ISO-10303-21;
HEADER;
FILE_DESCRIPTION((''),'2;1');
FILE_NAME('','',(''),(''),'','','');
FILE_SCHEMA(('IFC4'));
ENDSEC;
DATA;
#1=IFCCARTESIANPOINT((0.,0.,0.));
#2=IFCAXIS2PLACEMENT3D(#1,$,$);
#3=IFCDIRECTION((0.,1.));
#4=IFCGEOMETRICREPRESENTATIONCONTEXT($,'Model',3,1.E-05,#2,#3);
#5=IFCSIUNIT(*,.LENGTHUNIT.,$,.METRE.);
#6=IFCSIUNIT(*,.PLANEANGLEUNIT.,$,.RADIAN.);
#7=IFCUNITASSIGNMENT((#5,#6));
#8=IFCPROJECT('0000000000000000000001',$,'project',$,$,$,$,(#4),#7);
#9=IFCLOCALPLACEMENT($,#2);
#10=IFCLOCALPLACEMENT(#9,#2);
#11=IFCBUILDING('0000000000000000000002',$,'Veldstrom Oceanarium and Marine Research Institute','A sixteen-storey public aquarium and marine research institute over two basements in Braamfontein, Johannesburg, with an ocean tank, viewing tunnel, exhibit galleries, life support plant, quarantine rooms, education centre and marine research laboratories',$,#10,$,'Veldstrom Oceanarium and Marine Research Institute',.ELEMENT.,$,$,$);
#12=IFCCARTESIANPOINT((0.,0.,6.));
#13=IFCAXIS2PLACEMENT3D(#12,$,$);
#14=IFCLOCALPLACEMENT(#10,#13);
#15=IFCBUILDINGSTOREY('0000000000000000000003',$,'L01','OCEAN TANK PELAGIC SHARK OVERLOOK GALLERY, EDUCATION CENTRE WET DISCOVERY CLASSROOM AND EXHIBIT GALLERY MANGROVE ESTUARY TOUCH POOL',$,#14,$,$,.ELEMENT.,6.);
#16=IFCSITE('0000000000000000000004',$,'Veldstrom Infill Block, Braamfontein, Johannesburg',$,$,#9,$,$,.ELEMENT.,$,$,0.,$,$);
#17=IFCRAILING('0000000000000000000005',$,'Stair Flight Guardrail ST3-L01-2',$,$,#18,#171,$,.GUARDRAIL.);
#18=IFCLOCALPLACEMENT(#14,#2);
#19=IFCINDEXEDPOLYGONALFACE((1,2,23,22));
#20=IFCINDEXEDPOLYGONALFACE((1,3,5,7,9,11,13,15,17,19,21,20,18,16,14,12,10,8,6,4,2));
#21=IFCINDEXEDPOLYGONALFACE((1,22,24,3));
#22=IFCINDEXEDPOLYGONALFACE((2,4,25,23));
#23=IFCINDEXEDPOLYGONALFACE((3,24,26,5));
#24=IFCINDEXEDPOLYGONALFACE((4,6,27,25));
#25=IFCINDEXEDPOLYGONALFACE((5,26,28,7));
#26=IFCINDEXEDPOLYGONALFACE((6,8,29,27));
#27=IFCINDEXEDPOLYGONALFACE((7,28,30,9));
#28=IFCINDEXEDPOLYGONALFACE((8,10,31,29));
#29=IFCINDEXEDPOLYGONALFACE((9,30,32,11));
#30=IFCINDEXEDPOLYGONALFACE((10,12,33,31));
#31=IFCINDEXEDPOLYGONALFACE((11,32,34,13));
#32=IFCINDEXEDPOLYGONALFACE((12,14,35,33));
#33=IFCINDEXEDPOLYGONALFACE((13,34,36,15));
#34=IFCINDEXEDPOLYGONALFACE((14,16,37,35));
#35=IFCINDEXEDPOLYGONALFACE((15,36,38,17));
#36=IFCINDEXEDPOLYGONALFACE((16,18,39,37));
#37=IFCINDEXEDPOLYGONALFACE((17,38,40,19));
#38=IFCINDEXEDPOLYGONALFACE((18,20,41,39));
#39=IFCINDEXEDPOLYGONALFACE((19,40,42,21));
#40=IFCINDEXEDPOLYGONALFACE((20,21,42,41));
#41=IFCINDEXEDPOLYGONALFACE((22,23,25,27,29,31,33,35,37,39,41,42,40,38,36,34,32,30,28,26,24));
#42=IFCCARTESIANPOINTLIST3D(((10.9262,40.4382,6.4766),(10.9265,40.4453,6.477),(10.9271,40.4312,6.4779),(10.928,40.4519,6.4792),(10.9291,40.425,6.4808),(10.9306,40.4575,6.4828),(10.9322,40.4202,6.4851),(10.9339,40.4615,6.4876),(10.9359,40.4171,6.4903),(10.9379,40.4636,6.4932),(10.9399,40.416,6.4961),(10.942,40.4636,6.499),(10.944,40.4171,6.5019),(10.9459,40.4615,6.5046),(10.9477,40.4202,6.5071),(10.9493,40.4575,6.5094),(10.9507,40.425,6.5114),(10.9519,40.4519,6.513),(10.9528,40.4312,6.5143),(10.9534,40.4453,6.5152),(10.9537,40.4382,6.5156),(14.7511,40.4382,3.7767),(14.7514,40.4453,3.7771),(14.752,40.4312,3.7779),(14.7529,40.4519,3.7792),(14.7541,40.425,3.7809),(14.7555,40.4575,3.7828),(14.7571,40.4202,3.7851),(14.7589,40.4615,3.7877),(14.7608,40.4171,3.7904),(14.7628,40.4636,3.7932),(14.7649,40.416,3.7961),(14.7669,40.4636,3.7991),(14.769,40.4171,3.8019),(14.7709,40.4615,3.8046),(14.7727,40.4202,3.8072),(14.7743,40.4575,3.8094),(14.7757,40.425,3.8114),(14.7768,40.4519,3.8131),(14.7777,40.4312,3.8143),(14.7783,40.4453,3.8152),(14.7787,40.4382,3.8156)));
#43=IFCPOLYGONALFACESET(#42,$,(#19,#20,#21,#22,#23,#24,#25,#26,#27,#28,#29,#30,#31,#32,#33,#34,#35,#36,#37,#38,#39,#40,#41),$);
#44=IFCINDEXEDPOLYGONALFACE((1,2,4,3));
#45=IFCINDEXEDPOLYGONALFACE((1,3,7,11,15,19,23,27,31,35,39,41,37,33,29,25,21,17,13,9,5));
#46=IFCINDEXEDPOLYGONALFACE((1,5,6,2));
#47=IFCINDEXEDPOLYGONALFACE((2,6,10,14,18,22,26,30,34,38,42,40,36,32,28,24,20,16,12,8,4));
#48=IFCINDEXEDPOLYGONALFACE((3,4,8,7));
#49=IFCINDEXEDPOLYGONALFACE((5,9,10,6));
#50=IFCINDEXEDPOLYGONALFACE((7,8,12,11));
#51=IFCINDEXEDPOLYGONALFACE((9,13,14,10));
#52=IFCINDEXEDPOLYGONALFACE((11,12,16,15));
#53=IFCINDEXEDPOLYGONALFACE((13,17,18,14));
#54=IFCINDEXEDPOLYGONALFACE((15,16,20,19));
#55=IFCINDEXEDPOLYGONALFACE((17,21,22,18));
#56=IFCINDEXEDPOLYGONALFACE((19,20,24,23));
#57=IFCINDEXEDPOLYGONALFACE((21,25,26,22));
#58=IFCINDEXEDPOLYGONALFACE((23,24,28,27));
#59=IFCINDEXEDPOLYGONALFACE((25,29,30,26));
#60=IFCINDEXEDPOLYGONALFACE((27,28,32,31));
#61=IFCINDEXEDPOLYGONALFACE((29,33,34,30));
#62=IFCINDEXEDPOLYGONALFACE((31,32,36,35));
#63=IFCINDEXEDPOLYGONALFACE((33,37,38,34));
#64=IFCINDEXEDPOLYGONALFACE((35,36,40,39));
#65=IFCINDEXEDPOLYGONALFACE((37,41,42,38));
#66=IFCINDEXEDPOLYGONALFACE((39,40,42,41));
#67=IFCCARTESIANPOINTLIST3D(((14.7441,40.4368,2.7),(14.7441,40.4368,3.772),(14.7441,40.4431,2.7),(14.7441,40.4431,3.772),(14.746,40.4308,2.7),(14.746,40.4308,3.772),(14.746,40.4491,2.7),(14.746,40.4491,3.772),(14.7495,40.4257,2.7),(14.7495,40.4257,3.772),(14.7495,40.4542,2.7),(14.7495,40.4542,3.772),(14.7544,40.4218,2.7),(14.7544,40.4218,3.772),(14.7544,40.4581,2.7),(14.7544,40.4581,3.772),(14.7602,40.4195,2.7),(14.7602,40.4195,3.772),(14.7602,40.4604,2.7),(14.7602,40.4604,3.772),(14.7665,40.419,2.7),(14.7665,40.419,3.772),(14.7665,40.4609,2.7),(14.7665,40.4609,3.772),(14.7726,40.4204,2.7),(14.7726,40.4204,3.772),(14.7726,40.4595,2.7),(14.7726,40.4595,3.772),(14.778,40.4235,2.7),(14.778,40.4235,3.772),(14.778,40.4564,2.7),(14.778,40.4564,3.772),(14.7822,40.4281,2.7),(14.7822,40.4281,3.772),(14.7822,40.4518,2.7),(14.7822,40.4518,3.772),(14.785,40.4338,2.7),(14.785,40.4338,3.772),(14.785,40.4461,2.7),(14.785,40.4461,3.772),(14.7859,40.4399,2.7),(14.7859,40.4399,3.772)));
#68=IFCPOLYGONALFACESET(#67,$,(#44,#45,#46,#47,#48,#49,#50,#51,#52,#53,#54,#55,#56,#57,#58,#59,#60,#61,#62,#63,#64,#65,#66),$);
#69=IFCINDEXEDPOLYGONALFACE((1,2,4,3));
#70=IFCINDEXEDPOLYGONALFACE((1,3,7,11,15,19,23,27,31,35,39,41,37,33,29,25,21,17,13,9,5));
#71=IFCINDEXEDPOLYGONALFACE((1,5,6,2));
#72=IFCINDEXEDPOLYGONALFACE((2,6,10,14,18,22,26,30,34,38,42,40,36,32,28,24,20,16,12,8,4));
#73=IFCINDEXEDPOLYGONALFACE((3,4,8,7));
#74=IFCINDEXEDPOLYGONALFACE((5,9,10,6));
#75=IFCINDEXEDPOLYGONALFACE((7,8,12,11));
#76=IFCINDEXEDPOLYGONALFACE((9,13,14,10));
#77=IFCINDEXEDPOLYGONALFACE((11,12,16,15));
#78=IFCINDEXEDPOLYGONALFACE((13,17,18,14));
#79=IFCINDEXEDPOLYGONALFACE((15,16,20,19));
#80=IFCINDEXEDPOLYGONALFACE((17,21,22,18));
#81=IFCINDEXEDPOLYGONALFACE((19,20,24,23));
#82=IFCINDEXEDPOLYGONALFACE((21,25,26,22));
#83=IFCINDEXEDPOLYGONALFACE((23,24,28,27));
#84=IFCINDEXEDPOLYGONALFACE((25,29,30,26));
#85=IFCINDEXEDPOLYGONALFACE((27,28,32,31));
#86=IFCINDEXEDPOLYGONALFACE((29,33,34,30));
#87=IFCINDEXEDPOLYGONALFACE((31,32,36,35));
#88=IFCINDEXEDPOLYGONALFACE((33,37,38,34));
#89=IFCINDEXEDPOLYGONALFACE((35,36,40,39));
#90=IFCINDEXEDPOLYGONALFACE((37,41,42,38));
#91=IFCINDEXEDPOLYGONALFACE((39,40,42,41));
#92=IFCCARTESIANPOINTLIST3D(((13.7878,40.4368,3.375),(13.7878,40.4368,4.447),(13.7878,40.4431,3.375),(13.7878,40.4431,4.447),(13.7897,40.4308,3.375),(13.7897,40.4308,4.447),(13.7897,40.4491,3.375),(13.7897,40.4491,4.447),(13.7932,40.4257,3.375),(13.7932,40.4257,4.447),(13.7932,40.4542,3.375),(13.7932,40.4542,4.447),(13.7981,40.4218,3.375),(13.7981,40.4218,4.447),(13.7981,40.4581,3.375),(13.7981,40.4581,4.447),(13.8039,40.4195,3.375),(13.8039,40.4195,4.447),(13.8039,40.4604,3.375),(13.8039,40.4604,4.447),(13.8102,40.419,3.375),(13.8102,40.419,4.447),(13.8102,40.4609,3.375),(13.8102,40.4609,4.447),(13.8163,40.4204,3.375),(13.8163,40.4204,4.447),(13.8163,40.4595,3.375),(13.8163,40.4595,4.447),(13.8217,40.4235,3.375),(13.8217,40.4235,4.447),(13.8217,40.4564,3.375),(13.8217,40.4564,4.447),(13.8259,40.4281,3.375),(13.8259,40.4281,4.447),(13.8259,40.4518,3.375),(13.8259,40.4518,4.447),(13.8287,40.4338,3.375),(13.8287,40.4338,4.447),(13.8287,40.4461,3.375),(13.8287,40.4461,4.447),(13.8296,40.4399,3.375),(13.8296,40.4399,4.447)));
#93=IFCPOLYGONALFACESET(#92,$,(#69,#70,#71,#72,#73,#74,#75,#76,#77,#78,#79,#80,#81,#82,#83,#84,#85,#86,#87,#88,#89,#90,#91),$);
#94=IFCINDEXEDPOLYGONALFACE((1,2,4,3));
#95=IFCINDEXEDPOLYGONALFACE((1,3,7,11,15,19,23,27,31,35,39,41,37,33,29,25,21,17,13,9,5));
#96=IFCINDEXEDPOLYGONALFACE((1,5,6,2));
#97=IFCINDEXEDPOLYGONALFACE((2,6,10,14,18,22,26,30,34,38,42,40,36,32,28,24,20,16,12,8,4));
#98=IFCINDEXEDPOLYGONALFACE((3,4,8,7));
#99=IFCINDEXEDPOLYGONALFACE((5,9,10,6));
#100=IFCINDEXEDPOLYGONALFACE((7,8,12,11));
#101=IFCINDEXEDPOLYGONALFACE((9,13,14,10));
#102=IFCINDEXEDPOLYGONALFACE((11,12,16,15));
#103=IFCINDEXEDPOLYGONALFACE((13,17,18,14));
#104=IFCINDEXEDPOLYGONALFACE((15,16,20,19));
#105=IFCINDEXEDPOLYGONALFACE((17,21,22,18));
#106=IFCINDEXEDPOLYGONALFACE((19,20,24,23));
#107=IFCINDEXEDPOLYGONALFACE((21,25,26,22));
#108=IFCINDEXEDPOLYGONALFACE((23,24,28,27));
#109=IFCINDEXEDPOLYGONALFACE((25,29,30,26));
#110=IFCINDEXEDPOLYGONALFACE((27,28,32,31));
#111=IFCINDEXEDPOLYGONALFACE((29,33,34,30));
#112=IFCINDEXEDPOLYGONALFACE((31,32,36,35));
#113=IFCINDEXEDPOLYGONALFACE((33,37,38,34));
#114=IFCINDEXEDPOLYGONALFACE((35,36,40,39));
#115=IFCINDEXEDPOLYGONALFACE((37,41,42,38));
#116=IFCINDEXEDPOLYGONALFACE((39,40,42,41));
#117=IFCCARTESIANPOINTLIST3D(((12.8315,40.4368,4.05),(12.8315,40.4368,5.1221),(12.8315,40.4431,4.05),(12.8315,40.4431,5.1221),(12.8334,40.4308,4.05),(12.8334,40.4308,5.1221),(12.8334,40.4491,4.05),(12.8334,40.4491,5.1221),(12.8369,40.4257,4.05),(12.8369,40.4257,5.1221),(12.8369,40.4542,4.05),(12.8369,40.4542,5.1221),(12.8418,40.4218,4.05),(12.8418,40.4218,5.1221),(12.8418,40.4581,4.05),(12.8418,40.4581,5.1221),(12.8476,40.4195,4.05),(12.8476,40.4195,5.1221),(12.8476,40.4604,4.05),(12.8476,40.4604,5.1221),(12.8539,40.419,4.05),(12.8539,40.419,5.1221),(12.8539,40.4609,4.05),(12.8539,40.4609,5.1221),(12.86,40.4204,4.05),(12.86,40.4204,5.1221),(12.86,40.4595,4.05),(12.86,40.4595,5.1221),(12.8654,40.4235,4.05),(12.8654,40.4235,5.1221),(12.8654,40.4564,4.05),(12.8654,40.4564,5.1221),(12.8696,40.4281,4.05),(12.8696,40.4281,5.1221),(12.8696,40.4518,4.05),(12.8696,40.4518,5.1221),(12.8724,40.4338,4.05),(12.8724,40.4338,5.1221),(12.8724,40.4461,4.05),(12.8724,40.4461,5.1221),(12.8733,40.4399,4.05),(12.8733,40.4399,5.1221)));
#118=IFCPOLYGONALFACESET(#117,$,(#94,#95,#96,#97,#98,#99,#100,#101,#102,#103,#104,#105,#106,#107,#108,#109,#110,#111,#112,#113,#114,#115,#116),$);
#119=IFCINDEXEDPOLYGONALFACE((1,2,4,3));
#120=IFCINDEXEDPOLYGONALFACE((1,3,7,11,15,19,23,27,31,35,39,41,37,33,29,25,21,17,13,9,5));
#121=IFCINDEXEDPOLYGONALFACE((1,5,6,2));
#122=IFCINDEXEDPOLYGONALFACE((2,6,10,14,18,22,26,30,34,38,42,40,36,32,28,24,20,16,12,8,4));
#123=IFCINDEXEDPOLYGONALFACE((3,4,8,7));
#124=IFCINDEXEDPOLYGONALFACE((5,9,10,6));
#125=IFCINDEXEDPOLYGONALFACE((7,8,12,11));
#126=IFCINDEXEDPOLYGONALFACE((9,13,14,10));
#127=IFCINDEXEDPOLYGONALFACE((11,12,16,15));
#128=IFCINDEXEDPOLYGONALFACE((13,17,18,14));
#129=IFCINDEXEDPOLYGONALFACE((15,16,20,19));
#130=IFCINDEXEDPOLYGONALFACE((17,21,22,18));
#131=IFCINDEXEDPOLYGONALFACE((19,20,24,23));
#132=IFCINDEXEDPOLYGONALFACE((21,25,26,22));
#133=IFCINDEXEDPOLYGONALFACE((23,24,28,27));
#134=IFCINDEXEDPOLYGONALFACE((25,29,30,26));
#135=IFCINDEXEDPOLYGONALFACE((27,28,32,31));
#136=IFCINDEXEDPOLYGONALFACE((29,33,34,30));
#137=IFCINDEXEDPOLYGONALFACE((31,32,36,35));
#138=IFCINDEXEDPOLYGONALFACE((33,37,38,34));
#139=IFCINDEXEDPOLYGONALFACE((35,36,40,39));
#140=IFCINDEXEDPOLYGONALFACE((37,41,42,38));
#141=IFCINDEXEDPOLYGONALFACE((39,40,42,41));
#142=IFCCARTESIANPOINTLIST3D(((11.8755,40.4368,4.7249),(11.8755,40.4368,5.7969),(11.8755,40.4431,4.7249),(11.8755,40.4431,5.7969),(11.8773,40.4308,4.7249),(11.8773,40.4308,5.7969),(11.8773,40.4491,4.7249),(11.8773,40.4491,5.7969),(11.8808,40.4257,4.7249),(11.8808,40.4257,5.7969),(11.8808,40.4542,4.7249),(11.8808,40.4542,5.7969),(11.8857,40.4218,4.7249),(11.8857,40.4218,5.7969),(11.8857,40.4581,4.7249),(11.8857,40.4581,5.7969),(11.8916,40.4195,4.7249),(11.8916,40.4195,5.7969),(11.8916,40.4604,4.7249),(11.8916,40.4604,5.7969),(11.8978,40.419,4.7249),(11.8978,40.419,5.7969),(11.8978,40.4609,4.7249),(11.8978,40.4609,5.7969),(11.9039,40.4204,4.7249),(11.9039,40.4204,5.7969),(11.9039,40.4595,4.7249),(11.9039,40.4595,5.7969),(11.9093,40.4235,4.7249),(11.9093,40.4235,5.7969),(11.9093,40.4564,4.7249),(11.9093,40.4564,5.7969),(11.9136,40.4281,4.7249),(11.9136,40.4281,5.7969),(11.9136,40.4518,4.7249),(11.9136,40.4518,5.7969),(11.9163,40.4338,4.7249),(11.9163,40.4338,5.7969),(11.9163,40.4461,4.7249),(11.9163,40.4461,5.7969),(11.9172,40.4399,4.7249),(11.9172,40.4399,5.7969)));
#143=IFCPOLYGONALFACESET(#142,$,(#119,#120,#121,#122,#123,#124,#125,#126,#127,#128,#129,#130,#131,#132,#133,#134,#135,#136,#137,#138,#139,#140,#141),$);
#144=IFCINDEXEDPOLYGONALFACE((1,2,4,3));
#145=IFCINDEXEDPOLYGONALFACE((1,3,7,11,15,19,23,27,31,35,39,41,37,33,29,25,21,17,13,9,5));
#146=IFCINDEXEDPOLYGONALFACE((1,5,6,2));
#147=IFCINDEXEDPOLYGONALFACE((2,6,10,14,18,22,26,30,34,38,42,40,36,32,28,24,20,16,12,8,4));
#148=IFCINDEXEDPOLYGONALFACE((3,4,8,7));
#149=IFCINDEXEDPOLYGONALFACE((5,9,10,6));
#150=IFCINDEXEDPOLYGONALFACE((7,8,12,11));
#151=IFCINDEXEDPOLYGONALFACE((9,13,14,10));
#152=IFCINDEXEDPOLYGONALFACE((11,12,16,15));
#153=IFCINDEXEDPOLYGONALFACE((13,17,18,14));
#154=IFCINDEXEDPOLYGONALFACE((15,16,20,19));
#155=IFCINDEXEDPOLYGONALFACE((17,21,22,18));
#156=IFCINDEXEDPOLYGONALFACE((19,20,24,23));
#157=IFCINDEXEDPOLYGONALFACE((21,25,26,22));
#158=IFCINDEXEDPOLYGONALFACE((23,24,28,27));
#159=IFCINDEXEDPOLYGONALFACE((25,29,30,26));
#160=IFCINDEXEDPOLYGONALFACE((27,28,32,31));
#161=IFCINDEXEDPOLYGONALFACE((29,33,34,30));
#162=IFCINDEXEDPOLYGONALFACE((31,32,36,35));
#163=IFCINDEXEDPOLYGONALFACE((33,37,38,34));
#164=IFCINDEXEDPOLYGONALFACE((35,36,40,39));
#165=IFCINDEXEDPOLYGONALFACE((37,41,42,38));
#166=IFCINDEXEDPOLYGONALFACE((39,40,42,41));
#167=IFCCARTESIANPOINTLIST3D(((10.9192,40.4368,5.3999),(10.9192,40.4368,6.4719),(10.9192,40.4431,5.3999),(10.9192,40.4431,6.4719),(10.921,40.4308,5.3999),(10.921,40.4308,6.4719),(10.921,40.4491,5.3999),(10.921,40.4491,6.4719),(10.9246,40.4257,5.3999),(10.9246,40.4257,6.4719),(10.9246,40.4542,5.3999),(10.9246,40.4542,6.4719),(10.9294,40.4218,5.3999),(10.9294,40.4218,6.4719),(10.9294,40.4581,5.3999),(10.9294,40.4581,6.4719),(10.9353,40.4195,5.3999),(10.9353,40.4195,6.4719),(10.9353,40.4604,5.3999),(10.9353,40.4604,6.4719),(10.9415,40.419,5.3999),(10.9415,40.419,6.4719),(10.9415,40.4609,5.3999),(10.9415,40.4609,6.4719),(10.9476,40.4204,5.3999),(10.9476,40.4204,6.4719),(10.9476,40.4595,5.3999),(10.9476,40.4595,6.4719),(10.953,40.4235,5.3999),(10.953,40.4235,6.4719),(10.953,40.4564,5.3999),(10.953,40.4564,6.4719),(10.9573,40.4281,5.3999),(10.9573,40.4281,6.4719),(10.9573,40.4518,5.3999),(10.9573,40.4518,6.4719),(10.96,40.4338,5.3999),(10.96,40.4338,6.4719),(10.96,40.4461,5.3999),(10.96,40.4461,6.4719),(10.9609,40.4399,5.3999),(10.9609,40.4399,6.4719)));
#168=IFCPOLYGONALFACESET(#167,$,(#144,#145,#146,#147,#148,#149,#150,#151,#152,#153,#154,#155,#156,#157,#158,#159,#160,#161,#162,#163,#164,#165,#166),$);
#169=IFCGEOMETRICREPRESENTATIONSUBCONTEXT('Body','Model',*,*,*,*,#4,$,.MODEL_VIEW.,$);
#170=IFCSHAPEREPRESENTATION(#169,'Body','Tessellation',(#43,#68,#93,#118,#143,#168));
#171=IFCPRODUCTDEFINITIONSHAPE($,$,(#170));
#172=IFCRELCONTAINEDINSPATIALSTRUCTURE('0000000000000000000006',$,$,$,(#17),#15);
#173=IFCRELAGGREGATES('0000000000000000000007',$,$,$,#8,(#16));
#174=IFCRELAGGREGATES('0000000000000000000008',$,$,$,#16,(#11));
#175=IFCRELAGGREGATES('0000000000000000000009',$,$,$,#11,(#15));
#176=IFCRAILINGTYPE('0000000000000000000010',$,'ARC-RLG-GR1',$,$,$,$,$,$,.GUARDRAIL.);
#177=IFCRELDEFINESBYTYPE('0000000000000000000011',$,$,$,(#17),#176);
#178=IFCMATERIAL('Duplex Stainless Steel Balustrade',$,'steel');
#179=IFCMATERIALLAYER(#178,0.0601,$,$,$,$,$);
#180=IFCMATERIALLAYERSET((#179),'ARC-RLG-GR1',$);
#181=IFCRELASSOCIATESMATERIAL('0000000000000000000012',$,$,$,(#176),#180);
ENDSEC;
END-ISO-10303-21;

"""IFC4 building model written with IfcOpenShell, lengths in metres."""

from ifc_helpers import new_model, si_unit, direction, frame, origin, origin_2d, place, context, subcontext, project, spatial, circle, extrude, material, layer, layer_set, type_object, element, save


model = new_model("IFC4")

# Units and contexts
model_context = context("Model", 3, precision=1e-05, world=origin(), true_north=direction((0.0, 1.0)))
body_context = subcontext(model_context, "Body", "Model", "MODEL_VIEW")
ifc_project = project(units=[si_unit("LENGTHUNIT", "METRE"), si_unit("PLANEANGLEUNIT", "RADIAN")], contexts=[model_context])

# Site, building, storey
site_placement = place(None, origin())
site = spatial("IfcSite", under=ifc_project, at=site_placement, Name="Veldstrom Infill Block, Braamfontein, Johannesburg", CompositionType="ELEMENT", RefElevation=0.0)
building_placement = place(site_placement, origin())
building = spatial("IfcBuilding", under=site, at=building_placement, Name="Veldstrom Oceanarium and Marine Research Institute", Description="A sixteen-storey public aquarium and marine research institute over two basements in Braamfontein, Johannesburg, with an ocean tank, viewing tunnel, exhibit galleries, life support plant, quarantine rooms, education centre and marine research laboratories", LongName="Veldstrom Oceanarium and Marine Research Institute", CompositionType="ELEMENT")
storey_placement = place(building_placement, frame((0.0, 0.0, 6.0)))
storey = spatial("IfcBuildingStorey", under=building, at=storey_placement, Name="L01", Description="OCEAN TANK PELAGIC SHARK OVERLOOK GALLERY, EDUCATION CENTRE WET DISCOVERY CLASSROOM AND EXHIBIT GALLERY MANGROVE ESTUARY TOUCH POOL", CompositionType="ELEMENT", Elevation=6.0)

# Railing
ifc_material_1 = material(Name="Duplex Stainless Steel Balustrade", Category="steel")
ifc_layer_1 = layer(ifc_material_1, 0.0601)
ifc_layer_set_1 = layer_set([ifc_layer_1], Name="ARC-RLG-GR1")
railing_type_1 = type_object("IfcRailingType", Name="ARC-RLG-GR1", PredefinedType="GUARDRAIL", material=ifc_layer_set_1)
railing_1_placement = place(storey_placement, frame((14.7649, 40.4399, 2.7)))
element("IfcRailing", 1, at=railing_1_placement, inside=storey, type_object=railing_type_1, Name="Stair Flight Guardrail ST3-L01-2", PredefinedType="GUARDRAIL", context=body_context, shape_type="SweptSolid", body=[
    extrude(circle(Radius=0.0239, at=origin_2d()), frame((0.0, 0.0, 1.0962), z_axis=(-0.816969, 0.0, 0.576681), x_axis=(0.0, -1.0, 0.0)), (0.0, 0.0, 1.0), 4.6819),
    extrude(circle(Radius=0.021, at=origin_2d()), origin(), (0.0, 0.0, 1.0), 1.072),
    extrude(circle(Radius=0.021, at=origin_2d()), frame((-0.9563, 0.0, 0.675)), (0.0, 0.0, 1.0), 1.072),
    extrude(circle(Radius=0.021, at=origin_2d()), frame((-1.9126, 0.0, 1.3501)), (0.0, 0.0, 1.0), 1.072),
    extrude(circle(Radius=0.021, at=origin_2d()), frame((-2.8687, 0.0, 2.0249)), (0.0, 0.0, 1.0), 1.072),
    extrude(circle(Radius=0.021, at=origin_2d()), frame((-3.825, 0.0, 2.7)), (0.0, 0.0, 1.0), 1.072),
])

save(model, "model.ifc")
